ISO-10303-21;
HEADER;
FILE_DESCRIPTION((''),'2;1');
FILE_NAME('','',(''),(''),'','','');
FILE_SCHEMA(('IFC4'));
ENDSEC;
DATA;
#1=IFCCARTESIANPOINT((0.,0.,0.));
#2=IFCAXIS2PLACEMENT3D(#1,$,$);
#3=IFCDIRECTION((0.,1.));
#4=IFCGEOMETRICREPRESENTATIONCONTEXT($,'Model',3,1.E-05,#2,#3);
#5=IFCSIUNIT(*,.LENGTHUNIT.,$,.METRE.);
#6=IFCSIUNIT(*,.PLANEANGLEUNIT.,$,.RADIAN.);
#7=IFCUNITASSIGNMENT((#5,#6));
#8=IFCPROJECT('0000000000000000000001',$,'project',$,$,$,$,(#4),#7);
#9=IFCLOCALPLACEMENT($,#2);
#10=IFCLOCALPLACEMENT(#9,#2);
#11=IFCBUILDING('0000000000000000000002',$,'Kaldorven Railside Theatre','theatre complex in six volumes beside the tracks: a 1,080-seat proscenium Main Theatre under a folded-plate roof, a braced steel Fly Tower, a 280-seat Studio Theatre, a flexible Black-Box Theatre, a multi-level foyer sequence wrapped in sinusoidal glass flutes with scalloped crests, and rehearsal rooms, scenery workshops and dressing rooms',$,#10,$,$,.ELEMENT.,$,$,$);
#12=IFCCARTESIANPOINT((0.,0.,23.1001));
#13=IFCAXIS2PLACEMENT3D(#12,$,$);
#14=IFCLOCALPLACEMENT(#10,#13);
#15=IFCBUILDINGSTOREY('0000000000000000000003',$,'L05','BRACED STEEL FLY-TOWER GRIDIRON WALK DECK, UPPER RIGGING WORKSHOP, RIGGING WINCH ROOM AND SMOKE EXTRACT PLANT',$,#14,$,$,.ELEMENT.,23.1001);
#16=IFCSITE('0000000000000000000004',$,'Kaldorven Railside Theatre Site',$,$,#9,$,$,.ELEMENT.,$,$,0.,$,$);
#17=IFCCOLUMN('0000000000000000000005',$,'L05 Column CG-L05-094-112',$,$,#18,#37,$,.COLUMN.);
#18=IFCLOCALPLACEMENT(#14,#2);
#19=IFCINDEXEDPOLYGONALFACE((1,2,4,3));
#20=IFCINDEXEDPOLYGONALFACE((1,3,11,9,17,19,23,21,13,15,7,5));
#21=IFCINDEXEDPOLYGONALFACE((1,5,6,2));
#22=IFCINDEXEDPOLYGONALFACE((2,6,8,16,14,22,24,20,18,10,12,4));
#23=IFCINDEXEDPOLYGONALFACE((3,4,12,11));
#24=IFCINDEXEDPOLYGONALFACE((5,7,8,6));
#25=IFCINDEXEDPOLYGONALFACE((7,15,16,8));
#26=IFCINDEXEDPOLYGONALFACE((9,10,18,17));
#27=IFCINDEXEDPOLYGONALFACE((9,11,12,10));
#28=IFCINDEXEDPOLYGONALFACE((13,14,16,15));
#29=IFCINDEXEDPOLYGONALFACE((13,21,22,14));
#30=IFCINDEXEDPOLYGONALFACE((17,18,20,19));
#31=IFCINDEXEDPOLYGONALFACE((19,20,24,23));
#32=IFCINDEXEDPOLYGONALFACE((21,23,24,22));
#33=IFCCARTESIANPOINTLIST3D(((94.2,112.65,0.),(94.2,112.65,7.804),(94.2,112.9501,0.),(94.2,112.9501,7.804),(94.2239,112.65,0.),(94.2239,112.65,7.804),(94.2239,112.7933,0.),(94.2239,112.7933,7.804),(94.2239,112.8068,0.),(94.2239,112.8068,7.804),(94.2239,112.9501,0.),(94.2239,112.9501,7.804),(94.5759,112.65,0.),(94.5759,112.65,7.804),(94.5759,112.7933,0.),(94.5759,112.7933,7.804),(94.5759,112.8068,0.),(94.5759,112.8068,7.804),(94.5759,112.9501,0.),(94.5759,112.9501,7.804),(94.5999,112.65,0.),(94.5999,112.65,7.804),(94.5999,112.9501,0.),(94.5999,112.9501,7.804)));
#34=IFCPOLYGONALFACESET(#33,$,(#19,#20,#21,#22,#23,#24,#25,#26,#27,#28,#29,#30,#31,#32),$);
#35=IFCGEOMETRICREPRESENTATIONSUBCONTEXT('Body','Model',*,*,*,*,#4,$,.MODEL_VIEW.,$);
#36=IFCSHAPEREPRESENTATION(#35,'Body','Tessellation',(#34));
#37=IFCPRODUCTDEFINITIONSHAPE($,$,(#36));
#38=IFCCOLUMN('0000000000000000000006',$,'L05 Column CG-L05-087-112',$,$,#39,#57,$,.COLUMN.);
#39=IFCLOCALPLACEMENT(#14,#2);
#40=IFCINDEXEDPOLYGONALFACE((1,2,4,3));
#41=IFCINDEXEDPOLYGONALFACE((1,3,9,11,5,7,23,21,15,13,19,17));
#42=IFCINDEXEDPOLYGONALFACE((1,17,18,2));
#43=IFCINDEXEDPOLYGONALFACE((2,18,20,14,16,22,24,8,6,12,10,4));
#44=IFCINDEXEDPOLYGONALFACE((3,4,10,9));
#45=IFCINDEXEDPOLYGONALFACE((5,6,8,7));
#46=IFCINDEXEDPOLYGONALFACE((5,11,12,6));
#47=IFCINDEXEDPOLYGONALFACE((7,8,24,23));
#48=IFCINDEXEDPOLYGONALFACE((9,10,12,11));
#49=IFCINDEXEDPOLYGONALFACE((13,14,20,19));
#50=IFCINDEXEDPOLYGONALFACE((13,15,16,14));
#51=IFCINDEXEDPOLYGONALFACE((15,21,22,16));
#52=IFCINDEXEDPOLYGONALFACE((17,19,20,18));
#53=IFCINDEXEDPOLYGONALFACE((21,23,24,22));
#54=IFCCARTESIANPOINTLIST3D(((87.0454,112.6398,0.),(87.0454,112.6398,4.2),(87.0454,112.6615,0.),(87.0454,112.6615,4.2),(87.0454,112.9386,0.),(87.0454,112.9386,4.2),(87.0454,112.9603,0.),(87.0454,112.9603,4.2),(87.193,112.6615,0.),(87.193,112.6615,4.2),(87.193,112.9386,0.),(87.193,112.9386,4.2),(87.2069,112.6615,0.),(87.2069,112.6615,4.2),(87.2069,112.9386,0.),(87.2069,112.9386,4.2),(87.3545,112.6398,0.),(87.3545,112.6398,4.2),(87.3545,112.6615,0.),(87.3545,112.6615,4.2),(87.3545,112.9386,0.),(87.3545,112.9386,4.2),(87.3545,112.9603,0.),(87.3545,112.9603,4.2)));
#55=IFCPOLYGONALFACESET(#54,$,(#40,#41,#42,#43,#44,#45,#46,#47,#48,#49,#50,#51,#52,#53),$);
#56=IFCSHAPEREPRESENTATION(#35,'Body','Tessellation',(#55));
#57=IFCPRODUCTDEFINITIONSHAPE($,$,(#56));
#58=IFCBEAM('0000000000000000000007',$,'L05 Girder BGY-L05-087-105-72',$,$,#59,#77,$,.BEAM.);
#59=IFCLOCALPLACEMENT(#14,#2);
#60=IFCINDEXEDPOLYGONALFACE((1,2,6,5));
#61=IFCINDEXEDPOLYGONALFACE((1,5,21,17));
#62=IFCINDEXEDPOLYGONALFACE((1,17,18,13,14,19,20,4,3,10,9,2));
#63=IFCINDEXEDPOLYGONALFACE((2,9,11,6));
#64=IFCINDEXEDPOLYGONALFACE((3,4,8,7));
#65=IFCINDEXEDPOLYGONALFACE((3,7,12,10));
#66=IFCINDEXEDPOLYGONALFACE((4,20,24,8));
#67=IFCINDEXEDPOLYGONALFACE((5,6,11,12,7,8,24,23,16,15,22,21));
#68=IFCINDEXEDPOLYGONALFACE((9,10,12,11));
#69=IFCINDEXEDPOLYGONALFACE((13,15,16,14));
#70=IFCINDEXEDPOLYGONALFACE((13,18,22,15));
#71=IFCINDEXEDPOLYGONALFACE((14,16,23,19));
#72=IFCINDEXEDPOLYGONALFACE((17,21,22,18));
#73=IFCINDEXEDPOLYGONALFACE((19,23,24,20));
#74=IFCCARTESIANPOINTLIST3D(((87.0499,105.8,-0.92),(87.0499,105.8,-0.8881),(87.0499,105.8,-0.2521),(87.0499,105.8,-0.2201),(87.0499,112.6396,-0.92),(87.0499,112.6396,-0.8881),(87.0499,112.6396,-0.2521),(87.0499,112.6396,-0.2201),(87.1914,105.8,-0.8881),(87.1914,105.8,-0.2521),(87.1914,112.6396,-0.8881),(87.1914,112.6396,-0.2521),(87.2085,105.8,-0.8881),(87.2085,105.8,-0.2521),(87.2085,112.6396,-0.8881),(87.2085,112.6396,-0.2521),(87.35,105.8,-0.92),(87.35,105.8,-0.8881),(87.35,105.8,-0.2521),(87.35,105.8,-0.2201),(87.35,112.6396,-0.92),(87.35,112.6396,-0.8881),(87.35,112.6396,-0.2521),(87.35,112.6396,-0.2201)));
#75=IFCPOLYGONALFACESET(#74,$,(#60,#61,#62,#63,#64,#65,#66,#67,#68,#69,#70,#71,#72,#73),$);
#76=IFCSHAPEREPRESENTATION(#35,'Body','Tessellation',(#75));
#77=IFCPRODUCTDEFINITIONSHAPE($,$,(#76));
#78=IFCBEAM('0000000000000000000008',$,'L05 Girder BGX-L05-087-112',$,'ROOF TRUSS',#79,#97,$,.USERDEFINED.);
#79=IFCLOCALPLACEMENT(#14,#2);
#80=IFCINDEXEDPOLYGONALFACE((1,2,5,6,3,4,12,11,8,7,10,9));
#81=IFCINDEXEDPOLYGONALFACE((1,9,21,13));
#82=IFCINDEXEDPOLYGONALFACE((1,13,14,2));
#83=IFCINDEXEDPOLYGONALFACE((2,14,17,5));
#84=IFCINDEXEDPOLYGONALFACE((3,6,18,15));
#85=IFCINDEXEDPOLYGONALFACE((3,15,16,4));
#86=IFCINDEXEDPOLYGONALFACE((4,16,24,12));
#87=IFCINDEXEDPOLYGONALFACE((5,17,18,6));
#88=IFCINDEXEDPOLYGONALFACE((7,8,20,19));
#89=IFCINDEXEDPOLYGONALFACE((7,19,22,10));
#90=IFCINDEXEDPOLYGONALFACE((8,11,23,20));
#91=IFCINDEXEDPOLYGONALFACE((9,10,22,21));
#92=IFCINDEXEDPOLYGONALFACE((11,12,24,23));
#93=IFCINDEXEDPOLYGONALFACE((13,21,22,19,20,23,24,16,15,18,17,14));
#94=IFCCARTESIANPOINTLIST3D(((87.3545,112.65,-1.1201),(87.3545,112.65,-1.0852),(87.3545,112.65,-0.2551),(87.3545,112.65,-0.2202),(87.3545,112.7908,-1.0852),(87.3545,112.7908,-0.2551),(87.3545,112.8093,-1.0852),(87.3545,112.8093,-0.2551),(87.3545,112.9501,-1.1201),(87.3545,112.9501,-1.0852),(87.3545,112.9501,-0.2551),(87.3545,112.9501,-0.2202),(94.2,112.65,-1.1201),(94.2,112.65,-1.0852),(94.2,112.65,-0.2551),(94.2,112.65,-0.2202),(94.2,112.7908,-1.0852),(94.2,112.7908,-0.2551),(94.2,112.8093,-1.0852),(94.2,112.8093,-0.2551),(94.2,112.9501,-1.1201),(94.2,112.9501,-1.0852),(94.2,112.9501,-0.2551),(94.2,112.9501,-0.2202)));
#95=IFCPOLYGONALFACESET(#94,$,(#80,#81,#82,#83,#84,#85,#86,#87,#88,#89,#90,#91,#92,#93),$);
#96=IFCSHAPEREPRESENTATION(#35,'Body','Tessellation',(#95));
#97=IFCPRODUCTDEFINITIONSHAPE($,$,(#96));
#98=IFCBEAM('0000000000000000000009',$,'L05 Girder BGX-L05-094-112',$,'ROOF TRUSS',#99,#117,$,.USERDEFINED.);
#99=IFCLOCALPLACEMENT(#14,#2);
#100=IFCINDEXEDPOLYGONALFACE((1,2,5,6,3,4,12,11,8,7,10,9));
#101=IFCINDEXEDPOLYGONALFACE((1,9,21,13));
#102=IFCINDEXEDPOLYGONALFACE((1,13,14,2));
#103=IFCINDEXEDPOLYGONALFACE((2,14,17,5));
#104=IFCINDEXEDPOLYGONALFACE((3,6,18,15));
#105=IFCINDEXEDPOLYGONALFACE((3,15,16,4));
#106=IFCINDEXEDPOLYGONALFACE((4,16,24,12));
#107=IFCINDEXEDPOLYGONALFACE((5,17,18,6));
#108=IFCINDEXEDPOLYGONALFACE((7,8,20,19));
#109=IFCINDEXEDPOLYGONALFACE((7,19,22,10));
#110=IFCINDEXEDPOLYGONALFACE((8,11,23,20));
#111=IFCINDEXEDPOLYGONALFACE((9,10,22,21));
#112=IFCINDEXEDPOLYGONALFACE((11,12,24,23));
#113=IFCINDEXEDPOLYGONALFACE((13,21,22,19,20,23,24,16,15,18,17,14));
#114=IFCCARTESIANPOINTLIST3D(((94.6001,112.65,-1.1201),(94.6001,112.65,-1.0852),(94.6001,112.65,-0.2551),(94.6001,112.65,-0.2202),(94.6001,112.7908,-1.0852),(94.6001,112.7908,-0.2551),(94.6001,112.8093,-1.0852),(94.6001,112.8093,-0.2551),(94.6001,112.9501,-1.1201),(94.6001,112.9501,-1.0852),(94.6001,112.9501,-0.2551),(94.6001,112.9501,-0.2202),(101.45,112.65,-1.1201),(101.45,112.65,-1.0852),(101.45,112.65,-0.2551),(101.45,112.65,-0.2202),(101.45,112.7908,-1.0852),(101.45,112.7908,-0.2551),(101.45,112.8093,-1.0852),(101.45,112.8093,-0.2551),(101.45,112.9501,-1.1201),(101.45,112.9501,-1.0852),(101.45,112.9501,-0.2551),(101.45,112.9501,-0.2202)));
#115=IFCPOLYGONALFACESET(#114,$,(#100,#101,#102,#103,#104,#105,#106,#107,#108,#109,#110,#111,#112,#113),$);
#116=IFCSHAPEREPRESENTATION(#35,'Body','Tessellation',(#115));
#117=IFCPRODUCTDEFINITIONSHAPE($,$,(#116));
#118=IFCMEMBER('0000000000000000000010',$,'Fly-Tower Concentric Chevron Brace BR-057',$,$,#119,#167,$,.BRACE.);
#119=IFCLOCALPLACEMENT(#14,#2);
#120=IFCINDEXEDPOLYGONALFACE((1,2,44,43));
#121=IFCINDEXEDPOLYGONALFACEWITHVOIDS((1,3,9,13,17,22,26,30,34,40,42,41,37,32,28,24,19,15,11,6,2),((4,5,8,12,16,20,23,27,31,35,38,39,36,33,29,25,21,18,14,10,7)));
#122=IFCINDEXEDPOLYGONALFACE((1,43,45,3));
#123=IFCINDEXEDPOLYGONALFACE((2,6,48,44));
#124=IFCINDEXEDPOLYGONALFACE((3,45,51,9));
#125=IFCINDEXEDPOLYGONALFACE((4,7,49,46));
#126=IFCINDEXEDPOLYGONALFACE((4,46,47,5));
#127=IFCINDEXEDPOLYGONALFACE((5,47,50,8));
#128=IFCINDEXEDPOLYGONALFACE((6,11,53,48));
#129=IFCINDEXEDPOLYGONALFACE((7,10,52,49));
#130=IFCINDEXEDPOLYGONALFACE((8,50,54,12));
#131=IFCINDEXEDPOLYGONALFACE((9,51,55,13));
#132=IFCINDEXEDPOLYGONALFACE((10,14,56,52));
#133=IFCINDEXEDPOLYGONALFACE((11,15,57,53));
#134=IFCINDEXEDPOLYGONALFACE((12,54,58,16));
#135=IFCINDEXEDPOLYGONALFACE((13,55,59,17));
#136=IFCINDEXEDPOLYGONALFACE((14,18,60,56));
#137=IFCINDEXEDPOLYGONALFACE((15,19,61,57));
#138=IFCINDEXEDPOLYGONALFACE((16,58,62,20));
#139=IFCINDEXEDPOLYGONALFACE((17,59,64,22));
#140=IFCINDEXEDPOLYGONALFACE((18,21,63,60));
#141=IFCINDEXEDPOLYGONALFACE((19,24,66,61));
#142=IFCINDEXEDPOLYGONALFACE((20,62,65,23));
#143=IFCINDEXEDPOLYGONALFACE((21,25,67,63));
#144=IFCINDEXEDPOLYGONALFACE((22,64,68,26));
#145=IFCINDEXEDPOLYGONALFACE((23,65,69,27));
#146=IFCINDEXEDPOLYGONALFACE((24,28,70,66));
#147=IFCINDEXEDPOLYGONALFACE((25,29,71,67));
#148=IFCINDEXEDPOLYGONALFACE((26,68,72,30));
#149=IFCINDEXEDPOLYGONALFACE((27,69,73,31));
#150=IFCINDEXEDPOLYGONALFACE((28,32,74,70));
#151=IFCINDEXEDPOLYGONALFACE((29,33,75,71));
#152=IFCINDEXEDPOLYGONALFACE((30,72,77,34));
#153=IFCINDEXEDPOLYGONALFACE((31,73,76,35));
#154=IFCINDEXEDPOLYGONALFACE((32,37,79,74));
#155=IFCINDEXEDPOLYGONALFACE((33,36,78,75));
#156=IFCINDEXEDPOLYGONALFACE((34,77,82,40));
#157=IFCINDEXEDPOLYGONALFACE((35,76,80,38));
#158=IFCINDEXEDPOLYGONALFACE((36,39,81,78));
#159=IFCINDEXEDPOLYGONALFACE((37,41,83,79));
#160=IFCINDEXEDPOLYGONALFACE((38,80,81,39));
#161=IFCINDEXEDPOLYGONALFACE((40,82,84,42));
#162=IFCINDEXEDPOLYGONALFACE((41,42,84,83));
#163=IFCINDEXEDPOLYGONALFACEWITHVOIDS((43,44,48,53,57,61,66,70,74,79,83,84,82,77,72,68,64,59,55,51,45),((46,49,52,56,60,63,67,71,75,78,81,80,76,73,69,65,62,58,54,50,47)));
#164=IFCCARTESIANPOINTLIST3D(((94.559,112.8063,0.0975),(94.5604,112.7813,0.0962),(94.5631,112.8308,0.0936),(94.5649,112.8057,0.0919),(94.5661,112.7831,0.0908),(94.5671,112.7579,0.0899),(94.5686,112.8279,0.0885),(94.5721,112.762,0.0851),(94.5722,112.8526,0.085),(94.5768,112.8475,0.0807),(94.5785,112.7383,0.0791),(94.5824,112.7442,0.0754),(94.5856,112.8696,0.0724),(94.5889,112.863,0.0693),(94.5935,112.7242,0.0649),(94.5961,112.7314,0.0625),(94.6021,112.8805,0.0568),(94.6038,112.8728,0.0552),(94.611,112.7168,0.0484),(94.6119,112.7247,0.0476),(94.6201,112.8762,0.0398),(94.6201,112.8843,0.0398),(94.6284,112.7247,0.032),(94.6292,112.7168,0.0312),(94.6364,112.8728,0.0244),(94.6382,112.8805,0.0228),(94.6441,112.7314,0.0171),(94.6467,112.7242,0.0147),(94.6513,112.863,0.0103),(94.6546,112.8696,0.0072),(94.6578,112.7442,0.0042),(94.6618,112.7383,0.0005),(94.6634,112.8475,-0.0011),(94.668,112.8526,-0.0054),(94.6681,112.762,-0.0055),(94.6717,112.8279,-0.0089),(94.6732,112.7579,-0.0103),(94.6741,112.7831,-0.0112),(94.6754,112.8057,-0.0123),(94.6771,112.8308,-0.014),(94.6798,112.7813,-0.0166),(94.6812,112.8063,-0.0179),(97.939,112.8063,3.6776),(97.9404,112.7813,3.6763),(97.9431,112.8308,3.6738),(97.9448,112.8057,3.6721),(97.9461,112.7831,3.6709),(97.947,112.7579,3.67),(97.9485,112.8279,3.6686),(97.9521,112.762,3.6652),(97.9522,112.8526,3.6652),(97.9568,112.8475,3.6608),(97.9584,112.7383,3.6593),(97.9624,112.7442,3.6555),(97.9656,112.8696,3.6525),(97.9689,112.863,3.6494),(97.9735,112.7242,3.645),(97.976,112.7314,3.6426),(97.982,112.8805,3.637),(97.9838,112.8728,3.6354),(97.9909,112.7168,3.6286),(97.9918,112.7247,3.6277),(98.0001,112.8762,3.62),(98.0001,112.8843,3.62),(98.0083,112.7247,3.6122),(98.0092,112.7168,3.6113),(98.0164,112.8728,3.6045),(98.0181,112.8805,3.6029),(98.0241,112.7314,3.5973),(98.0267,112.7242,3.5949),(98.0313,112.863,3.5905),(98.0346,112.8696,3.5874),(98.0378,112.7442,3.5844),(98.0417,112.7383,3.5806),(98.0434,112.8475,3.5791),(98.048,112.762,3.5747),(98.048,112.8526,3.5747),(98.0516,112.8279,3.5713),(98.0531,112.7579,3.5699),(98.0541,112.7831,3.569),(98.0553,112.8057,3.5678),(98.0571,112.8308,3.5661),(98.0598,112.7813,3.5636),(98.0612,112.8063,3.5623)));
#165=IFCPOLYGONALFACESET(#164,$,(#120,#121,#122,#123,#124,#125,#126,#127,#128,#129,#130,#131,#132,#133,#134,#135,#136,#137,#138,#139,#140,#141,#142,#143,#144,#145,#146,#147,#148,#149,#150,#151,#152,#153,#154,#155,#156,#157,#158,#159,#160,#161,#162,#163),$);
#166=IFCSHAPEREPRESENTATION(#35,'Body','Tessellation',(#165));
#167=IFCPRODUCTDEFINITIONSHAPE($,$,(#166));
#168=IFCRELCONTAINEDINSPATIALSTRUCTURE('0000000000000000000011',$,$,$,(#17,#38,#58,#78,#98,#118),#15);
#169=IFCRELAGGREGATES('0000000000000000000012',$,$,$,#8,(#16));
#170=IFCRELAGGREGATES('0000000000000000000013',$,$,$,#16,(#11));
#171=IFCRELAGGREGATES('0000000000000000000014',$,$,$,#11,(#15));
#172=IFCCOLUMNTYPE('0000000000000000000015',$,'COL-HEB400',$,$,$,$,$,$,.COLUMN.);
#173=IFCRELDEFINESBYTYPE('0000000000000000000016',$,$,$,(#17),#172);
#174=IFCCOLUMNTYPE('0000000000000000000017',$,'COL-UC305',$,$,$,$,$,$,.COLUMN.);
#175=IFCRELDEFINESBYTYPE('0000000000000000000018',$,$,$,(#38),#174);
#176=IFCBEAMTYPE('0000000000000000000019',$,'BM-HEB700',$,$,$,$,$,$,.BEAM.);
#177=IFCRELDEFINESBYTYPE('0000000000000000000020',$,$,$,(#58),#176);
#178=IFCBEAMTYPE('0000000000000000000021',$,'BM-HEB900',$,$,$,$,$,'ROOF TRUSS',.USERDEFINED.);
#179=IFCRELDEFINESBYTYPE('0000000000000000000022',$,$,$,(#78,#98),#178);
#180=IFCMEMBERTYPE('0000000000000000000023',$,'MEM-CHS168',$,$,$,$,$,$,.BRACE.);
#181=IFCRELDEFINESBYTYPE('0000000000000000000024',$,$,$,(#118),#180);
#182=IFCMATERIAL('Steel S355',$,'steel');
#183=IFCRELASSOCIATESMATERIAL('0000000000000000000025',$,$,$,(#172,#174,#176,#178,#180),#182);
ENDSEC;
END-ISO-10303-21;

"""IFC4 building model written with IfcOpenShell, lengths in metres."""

from ifc_helpers import new_model, si_unit, direction, frame, origin, origin_2d, place, context, subcontext, project, spatial, hollow_circle, i_section, extrude, material, material_profile, profile_set, type_object, element, save


model = new_model("IFC4")

# Units and contexts
model_context = context("Model", 3, precision=1e-05, world=origin(), true_north=direction((0.0, 1.0)))
body_context = subcontext(model_context, "Body", "Model", "MODEL_VIEW")
ifc_project = project(units=[si_unit("LENGTHUNIT", "METRE"), si_unit("PLANEANGLEUNIT", "RADIAN")], contexts=[model_context])

# Site, building, storey
site_placement = place(None, origin())
site = spatial("IfcSite", under=ifc_project, at=site_placement, Name="Kaldorven Railside Theatre Site", CompositionType="ELEMENT", RefElevation=0.0)
building_placement = place(site_placement, origin())
building = spatial("IfcBuilding", under=site, at=building_placement, Name="Kaldorven Railside Theatre", Description="theatre complex in six volumes beside the tracks: a 1,080-seat proscenium Main Theatre under a folded-plate roof, a braced steel Fly Tower, a 280-seat Studio Theatre, a flexible Black-Box Theatre, a multi-level foyer sequence wrapped in sinusoidal glass flutes with scalloped crests, and rehearsal rooms, scenery workshops and dressing rooms", CompositionType="ELEMENT")
storey_placement = place(building_placement, frame((0.0, 0.0, 23.1001)))
storey = spatial("IfcBuildingStorey", under=building, at=storey_placement, Name="L05", Description="BRACED STEEL FLY-TOWER GRIDIRON WALK DECK, UPPER RIGGING WORKSHOP, RIGGING WINCH ROOM AND SMOKE EXTRACT PLANT", CompositionType="ELEMENT", Elevation=23.1001)

# Columns
ifc_material_1 = material(Name="Steel S355", Category="steel")
ifc_material_profile_1 = material_profile(ifc_material_1, i_section(OverallWidth=0.3, OverallDepth=0.3999, WebThickness=0.0134, FlangeThickness=0.0239, at=origin_2d()), Name="HEB 400")
ifc_profile_set_1 = profile_set([ifc_material_profile_1], Name="Steel S355")
column_type_1 = type_object("IfcColumnType", Name="COL-HEB400", PredefinedType="COLUMN", material=ifc_profile_set_1)
column_1_placement = place(storey_placement, frame((94.3999, 112.8, 0.0), z_axis=(0.0, 0.0, 1.0), x_axis=(0.0, 1.0, 0.0)))
element("IfcColumn", 1, at=column_1_placement, inside=storey, type_object=column_type_1, Name="L05 Column CG-L05-094-112", PredefinedType="COLUMN", context=body_context, shape_type="SweptSolid", body=[
    extrude(i_section(OverallWidth=0.3, OverallDepth=0.3999, WebThickness=0.0134, FlangeThickness=0.0239, at=origin_2d()), origin(), (0.0, 0.0, 1.0), 7.804),
])
ifc_material_profile_2 = material_profile(ifc_material_1, i_section(OverallWidth=0.3091, OverallDepth=0.3206, WebThickness=0.0139, FlangeThickness=0.0217, at=origin_2d()), Name="UC 305x305x137")
ifc_profile_set_2 = profile_set([ifc_material_profile_2], Name="Steel S355")
column_type_2 = type_object("IfcColumnType", Name="COL-UC305", PredefinedType="COLUMN", material=ifc_profile_set_2)
column_2_placement = place(storey_placement, frame((87.2, 112.8, 0.0), z_axis=(0.0, 0.0, 1.0), x_axis=(1.0, 0.0, 0.0)))
element("IfcColumn", 2, at=column_2_placement, inside=storey, type_object=column_type_2, Name="L05 Column CG-L05-087-112", PredefinedType="COLUMN", context=body_context, shape_type="SweptSolid", body=[
    extrude(i_section(OverallWidth=0.3091, OverallDepth=0.3206, WebThickness=0.0139, FlangeThickness=0.0217, at=origin_2d()), origin(), (0.0, 0.0, 1.0), 4.2),
])

# Beams
ifc_material_profile_3 = material_profile(ifc_material_1, i_section(OverallWidth=0.3, OverallDepth=0.7, WebThickness=0.0171, FlangeThickness=0.032, at=origin_2d()), Name="HEB 700")
ifc_profile_set_3 = profile_set([ifc_material_profile_3], Name="Steel S355")
beam_type_1 = type_object("IfcBeamType", Name="BM-HEB700", PredefinedType="BEAM", material=ifc_profile_set_3)
beam_1_placement = place(storey_placement, frame((87.2, 105.8, -0.5701), z_axis=(0.0, 1.0, 0.0), x_axis=(-1.0, 0.0, 0.0)))
element("IfcBeam", 3, at=beam_1_placement, inside=storey, type_object=beam_type_1, Name="L05 Girder BGY-L05-087-105-72", PredefinedType="BEAM", context=body_context, shape_type="SweptSolid", body=[
    extrude(i_section(OverallWidth=0.3, OverallDepth=0.7, WebThickness=0.0171, FlangeThickness=0.032, at=origin_2d()), origin(), (0.0, 0.0, 1.0), 6.8396),
])
ifc_material_profile_4 = material_profile(ifc_material_1, i_section(OverallWidth=0.3, OverallDepth=0.8999, WebThickness=0.0186, FlangeThickness=0.0349, at=origin_2d()), Name="HEB 900")
ifc_profile_set_4 = profile_set([ifc_material_profile_4], Name="Steel S355")
beam_type_2 = type_object("IfcBeamType", Name="BM-HEB900", ElementType="ROOF TRUSS", PredefinedType="USERDEFINED", material=ifc_profile_set_4)
beam_2_placement = place(storey_placement, frame((87.3545, 112.8, -0.6702), z_axis=(1.0, 0.0, 0.0), x_axis=(0.0, 1.0, 0.0)))
element("IfcBeam", 4, at=beam_2_placement, inside=storey, type_object=beam_type_2, Name="L05 Girder BGX-L05-087-112", ObjectType="ROOF TRUSS", PredefinedType="USERDEFINED", context=body_context, shape_type="SweptSolid", body=[
    extrude(i_section(OverallWidth=0.3, OverallDepth=0.8999, WebThickness=0.0186, FlangeThickness=0.0349, at=origin_2d()), origin(), (0.0, 0.0, 1.0), 6.8455),
])
beam_3_placement = place(storey_placement, frame((94.6001, 112.8, -0.6702), z_axis=(1.0, 0.0, 0.0), x_axis=(0.0, 1.0, 0.0)))
element("IfcBeam", 5, at=beam_3_placement, inside=storey, type_object=beam_type_2, Name="L05 Girder BGX-L05-094-112", ObjectType="ROOF TRUSS", PredefinedType="USERDEFINED", context=body_context, shape_type="SweptSolid", body=[
    extrude(i_section(OverallWidth=0.3, OverallDepth=0.8999, WebThickness=0.0186, FlangeThickness=0.0349, at=origin_2d()), origin(), (0.0, 0.0, 1.0), 6.8499),
])

# Member
ifc_material_profile_5 = material_profile(ifc_material_1, hollow_circle(Radius=0.0842, WallThickness=0.0081, at=origin_2d()), Name="CHS 168.3x8")
ifc_profile_set_5 = profile_set([ifc_material_profile_5], Name="Steel S355")
member_type = type_object("IfcMemberType", Name="MEM-CHS168", PredefinedType="BRACE", material=ifc_profile_set_5)
for number, where, z_axis, x_axis, name in (
    (6, (94.6201, 112.8, 0.0398), (0.686484, 0.0, 0.727145), (0.0, 1.0, 0.0), "Fly-Tower Concentric Chevron Brace BR-057"),
):
    element("IfcMember", number, at=place(storey_placement, frame(where, z_axis=z_axis, x_axis=x_axis)), inside=storey, type_object=member_type, Name=name, PredefinedType="BRACE", context=body_context, shape_type="SweptSolid", body=[
        extrude(hollow_circle(Radius=0.0842, WallThickness=0.0081, at=origin_2d()), origin(), (0.0, 0.0, 1.0), 4.9236),
    ])

save(model, "model.ifc")
